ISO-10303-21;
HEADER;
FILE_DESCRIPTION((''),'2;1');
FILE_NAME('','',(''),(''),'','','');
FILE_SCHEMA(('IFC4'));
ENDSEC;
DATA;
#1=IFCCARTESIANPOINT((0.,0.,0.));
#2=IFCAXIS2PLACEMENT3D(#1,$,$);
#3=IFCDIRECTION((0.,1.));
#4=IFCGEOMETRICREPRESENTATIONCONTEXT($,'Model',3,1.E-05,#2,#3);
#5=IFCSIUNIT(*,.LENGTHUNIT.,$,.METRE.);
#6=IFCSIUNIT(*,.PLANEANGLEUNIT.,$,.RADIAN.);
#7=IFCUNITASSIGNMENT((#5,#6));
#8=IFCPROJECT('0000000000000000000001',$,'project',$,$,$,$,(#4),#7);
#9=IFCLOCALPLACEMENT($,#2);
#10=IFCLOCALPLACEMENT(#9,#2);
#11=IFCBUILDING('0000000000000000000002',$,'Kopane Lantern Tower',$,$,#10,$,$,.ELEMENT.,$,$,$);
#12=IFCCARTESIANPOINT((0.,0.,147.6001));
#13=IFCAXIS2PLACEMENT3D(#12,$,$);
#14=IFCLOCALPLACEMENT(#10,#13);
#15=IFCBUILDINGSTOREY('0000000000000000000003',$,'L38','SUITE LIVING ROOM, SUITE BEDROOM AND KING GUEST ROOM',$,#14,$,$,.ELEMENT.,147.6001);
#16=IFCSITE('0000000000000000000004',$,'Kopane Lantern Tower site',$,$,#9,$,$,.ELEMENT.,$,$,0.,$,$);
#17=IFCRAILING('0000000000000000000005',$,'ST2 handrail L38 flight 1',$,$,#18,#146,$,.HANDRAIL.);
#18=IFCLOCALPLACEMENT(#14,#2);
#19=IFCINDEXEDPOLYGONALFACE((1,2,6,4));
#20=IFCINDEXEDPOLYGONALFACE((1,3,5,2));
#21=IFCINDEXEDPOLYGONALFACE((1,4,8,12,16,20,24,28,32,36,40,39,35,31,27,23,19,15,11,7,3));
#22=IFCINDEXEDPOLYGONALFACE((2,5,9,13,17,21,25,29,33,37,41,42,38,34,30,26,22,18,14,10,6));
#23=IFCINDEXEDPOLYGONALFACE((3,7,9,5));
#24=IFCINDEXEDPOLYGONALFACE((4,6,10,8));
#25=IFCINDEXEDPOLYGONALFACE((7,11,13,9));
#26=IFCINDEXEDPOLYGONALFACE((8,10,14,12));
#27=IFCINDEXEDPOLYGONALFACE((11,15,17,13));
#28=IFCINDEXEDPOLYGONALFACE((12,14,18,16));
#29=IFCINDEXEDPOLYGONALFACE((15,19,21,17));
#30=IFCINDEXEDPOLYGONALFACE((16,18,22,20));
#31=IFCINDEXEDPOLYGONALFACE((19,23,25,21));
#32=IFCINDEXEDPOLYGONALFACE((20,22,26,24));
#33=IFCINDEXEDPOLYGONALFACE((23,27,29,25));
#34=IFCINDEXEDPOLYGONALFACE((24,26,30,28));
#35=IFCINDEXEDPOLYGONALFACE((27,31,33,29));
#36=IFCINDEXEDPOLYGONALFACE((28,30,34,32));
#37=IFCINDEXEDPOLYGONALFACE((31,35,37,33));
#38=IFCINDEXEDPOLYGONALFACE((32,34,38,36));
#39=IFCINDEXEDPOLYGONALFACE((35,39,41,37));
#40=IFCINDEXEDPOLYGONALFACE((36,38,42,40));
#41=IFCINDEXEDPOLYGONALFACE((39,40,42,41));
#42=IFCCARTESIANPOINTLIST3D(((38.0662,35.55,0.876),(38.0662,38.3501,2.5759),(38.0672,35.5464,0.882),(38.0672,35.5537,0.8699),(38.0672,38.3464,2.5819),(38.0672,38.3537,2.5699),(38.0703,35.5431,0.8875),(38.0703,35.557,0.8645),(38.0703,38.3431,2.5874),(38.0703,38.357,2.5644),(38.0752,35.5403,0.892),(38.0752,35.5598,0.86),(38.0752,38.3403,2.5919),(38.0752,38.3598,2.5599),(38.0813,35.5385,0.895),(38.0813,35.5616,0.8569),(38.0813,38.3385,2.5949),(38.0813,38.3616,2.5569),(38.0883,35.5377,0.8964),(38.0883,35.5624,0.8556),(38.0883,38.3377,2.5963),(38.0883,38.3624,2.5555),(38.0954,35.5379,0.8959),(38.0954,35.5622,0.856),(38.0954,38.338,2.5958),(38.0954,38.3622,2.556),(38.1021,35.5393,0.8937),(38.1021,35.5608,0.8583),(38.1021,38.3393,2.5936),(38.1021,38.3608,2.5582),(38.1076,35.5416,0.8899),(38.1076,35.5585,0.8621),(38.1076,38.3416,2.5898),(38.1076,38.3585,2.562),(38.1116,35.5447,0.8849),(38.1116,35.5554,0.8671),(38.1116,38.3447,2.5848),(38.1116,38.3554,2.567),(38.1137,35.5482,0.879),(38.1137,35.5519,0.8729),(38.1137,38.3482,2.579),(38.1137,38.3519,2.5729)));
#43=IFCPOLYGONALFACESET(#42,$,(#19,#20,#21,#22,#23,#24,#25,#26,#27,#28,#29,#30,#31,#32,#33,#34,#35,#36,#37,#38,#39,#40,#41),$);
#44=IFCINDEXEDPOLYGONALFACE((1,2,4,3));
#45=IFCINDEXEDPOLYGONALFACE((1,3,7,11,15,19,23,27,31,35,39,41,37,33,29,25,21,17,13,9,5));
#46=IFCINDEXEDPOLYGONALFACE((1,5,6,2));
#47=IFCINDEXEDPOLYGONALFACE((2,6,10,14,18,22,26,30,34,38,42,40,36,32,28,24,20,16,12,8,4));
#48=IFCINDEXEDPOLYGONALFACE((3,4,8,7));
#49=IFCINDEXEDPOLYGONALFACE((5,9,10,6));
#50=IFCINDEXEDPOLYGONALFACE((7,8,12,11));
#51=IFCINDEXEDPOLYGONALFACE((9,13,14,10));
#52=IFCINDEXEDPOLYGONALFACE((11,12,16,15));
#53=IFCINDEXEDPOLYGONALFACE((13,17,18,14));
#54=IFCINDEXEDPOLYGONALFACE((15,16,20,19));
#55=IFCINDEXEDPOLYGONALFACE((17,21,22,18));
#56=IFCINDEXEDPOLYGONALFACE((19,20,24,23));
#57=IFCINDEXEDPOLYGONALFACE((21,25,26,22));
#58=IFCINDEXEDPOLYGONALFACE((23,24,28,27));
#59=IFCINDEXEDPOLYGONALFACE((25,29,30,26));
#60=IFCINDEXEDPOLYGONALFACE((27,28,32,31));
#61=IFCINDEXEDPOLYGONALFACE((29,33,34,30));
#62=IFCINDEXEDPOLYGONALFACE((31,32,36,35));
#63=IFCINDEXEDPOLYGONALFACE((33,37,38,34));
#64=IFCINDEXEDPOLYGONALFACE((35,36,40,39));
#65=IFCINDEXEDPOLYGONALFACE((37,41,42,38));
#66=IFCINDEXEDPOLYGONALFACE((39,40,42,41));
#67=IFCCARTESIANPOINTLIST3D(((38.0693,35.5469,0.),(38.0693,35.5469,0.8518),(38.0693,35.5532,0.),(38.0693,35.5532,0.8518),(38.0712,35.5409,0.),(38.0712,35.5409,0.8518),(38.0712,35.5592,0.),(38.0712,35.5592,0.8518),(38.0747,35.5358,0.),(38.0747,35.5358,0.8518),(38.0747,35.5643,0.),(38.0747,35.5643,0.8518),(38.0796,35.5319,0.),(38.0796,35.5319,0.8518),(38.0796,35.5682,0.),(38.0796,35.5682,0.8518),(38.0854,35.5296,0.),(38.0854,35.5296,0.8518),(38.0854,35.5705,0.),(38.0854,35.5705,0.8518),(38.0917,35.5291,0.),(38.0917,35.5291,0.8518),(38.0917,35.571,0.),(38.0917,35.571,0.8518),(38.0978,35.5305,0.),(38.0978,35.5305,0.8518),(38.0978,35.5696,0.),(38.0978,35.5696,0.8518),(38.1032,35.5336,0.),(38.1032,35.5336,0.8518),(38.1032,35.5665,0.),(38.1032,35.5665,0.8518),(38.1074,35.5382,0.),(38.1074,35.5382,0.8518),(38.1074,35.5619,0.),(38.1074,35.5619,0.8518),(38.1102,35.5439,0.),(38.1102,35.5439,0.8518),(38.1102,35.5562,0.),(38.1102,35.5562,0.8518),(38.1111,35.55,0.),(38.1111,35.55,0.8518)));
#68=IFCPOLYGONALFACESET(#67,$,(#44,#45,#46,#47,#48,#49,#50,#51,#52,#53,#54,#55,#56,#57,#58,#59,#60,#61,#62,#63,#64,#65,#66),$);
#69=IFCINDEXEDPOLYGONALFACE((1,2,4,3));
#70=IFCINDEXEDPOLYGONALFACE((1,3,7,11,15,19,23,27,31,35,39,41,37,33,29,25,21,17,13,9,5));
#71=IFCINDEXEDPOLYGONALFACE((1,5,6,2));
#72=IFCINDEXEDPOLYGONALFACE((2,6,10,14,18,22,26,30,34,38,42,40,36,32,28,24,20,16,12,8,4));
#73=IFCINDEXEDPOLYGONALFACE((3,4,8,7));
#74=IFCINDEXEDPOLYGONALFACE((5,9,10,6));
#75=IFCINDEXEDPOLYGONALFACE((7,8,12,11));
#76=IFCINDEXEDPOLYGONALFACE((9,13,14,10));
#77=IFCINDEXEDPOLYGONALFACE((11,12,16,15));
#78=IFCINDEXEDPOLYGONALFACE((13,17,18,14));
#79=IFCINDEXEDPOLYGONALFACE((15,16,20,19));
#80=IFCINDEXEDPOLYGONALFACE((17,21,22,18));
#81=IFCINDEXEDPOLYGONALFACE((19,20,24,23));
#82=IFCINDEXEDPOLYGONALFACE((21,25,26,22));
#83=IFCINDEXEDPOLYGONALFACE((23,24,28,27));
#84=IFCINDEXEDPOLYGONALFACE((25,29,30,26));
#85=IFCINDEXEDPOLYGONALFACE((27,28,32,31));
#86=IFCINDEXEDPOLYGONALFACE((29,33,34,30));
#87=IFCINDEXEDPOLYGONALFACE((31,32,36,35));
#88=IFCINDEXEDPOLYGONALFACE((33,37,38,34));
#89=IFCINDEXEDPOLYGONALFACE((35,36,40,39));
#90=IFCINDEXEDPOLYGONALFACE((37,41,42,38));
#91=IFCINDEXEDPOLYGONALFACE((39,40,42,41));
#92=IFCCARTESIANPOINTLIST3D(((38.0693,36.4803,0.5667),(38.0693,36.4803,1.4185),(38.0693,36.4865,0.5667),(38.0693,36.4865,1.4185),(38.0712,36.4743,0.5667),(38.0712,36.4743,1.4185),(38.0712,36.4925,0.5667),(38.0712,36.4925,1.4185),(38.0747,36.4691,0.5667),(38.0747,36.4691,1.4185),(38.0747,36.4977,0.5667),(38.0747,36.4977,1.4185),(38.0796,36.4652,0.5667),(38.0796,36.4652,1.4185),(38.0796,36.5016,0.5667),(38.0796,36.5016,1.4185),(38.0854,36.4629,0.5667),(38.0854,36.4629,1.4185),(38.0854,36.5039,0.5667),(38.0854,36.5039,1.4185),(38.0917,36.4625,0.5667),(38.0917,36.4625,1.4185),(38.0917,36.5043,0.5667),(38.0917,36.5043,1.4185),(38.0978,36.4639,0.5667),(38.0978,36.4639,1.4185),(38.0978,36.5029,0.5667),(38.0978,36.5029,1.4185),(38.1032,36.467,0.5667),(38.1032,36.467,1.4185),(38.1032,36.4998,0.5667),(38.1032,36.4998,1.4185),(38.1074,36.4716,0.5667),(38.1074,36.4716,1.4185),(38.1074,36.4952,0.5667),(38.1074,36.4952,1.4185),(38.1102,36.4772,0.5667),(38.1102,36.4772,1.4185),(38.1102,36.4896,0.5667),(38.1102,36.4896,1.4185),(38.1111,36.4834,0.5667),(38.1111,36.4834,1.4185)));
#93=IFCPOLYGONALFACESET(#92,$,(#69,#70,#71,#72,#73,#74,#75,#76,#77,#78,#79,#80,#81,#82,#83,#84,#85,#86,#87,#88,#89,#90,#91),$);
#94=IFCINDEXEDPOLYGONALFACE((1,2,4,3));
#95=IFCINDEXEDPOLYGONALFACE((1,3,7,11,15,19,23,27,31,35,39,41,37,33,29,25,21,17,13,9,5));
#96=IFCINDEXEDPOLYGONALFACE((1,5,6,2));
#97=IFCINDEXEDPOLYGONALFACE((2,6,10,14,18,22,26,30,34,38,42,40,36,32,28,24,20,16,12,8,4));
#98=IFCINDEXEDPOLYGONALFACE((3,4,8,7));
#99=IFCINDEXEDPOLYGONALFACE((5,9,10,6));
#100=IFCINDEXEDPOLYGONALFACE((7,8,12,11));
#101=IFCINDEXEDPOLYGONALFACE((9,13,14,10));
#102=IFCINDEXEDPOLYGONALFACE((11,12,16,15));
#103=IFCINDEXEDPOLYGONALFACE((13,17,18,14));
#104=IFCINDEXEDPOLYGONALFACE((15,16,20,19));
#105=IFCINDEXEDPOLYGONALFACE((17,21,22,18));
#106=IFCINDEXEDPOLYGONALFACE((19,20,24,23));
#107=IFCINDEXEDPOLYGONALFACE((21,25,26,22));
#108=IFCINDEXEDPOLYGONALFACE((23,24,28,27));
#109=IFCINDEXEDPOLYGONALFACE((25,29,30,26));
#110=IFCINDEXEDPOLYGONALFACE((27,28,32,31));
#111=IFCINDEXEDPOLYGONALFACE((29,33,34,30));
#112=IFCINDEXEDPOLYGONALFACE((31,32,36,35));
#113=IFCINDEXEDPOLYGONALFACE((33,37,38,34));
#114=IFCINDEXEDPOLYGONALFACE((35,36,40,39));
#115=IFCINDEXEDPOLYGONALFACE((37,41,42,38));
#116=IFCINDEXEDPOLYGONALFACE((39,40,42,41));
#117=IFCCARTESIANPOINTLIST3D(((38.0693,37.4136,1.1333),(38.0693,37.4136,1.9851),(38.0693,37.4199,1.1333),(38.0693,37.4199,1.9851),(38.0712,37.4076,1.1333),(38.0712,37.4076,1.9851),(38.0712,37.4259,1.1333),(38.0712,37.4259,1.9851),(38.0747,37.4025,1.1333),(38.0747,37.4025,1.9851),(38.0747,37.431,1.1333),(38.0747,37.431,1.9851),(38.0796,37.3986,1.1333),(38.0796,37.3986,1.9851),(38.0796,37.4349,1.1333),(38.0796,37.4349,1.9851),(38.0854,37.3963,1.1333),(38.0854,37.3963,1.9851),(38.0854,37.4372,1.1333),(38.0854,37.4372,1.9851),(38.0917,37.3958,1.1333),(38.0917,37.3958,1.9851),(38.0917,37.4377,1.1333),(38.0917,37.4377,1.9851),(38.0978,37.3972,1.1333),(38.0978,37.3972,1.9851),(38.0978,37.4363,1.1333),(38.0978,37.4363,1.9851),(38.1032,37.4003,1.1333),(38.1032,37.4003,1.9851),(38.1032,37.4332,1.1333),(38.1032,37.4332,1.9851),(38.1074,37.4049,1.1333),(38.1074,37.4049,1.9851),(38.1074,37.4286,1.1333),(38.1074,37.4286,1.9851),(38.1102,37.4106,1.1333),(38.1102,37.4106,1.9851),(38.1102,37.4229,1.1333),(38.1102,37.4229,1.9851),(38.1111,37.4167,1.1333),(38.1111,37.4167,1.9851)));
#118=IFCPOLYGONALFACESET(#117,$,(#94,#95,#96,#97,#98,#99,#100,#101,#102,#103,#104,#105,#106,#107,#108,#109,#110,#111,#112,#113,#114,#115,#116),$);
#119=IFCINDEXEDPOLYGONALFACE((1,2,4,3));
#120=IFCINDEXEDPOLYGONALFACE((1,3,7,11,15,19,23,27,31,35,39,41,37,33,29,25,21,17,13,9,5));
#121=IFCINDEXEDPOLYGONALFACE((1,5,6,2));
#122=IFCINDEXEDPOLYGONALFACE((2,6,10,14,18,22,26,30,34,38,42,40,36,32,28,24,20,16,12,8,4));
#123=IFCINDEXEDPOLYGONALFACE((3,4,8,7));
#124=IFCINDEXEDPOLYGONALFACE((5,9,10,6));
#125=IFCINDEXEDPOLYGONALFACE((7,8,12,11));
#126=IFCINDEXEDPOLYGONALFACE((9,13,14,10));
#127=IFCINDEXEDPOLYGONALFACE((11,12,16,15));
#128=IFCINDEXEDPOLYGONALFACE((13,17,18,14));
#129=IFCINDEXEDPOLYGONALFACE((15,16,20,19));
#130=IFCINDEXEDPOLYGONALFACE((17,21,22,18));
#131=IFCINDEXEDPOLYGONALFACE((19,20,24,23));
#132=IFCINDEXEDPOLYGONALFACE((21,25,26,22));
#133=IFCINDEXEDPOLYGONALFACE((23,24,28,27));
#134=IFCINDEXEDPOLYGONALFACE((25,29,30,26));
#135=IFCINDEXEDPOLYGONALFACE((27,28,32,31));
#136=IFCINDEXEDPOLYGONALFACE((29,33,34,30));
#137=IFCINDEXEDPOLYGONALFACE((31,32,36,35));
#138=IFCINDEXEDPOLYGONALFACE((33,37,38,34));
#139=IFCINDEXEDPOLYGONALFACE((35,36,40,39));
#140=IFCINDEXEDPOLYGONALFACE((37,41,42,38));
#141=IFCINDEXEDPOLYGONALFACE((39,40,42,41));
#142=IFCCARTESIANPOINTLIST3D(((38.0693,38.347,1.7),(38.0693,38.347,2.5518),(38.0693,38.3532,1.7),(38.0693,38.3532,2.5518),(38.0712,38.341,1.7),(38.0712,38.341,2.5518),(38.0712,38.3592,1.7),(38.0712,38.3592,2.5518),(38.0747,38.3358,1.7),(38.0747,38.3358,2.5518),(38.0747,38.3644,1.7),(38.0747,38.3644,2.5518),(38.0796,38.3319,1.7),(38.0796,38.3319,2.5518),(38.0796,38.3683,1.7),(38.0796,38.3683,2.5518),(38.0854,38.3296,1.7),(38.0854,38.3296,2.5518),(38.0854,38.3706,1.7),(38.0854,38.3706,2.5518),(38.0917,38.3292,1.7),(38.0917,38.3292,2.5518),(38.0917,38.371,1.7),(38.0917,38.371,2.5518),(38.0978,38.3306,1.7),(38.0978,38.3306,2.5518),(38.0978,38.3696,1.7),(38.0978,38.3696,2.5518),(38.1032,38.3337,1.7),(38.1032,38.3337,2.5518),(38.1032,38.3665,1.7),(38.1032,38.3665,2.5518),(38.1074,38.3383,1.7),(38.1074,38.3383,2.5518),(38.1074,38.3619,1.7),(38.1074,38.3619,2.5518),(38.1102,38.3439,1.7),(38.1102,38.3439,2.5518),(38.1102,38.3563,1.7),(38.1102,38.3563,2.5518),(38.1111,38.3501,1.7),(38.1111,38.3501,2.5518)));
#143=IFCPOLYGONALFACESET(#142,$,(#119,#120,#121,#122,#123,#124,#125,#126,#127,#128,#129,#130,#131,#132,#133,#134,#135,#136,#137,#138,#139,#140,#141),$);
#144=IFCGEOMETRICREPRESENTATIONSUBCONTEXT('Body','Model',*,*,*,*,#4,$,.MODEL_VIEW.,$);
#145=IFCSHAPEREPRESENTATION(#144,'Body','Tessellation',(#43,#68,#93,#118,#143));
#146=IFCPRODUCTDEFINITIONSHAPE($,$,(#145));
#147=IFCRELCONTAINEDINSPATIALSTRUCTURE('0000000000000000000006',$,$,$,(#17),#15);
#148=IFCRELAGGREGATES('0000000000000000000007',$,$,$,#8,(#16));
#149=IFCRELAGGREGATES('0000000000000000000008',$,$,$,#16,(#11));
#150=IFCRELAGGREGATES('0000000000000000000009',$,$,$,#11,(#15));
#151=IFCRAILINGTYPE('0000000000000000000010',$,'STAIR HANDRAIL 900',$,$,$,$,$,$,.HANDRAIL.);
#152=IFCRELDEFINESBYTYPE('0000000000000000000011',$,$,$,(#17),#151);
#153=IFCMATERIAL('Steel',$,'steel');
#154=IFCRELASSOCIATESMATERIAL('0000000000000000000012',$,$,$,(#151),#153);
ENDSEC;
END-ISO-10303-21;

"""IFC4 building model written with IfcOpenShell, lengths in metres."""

from ifc_helpers import new_model, si_unit, direction, frame, origin, origin_2d, place, context, subcontext, project, spatial, circle, extrude, material, type_object, element, save


model = new_model("IFC4")

# Units and contexts
model_context = context("Model", 3, precision=1e-05, world=origin(), true_north=direction((0.0, 1.0)))
body_context = subcontext(model_context, "Body", "Model", "MODEL_VIEW")
ifc_project = project(units=[si_unit("LENGTHUNIT", "METRE"), si_unit("PLANEANGLEUNIT", "RADIAN")], contexts=[model_context])

# Site, building, storey
site_placement = place(None, origin())
site = spatial("IfcSite", under=ifc_project, at=site_placement, Name="Kopane Lantern Tower site", CompositionType="ELEMENT", RefElevation=0.0)
building_placement = place(site_placement, origin())
building = spatial("IfcBuilding", under=site, at=building_placement, Name="Kopane Lantern Tower", CompositionType="ELEMENT")
storey_placement = place(building_placement, frame((0.0, 0.0, 147.6001)))
storey = spatial("IfcBuildingStorey", under=building, at=storey_placement, Name="L38", Description="SUITE LIVING ROOM, SUITE BEDROOM AND KING GUEST ROOM", CompositionType="ELEMENT", Elevation=147.6001)

# Railing
ifc_material_1 = material(Name="Steel", Category="steel")
railing_type_1 = type_object("IfcRailingType", Name="STAIR HANDRAIL 900", PredefinedType="HANDRAIL", material=ifc_material_1)
for number, where, name in (
    (1, (38.0901, 35.55, 0.0), "ST2 handrail L38 flight 1"),
):
    element("IfcRailing", number, at=place(storey_placement, frame(where)), inside=storey, type_object=railing_type_1, Name=name, PredefinedType="HANDRAIL", context=body_context, shape_type="SweptSolid", body=[
        extrude(circle(Radius=0.0239, at=origin_2d()), frame((0.0, 0.0, 0.876), z_axis=(0.0, 0.854798, 0.518961), x_axis=(-1.0, 0.0, 0.0)), (0.0, 0.0, 1.0), 3.2756),
        extrude(circle(Radius=0.021, at=origin_2d()), origin(), (0.0, 0.0, 1.0), 0.8518),
        extrude(circle(Radius=0.021, at=origin_2d()), frame((0.0, 0.9333, 0.5667)), (0.0, 0.0, 1.0), 0.8518),
        extrude(circle(Radius=0.021, at=origin_2d()), frame((0.0, 1.8667, 1.1333)), (0.0, 0.0, 1.0), 0.8518),
        extrude(circle(Radius=0.021, at=origin_2d()), frame((0.0, 2.8, 1.7)), (0.0, 0.0, 1.0), 0.8518),
    ])

save(model, "model.ifc")
